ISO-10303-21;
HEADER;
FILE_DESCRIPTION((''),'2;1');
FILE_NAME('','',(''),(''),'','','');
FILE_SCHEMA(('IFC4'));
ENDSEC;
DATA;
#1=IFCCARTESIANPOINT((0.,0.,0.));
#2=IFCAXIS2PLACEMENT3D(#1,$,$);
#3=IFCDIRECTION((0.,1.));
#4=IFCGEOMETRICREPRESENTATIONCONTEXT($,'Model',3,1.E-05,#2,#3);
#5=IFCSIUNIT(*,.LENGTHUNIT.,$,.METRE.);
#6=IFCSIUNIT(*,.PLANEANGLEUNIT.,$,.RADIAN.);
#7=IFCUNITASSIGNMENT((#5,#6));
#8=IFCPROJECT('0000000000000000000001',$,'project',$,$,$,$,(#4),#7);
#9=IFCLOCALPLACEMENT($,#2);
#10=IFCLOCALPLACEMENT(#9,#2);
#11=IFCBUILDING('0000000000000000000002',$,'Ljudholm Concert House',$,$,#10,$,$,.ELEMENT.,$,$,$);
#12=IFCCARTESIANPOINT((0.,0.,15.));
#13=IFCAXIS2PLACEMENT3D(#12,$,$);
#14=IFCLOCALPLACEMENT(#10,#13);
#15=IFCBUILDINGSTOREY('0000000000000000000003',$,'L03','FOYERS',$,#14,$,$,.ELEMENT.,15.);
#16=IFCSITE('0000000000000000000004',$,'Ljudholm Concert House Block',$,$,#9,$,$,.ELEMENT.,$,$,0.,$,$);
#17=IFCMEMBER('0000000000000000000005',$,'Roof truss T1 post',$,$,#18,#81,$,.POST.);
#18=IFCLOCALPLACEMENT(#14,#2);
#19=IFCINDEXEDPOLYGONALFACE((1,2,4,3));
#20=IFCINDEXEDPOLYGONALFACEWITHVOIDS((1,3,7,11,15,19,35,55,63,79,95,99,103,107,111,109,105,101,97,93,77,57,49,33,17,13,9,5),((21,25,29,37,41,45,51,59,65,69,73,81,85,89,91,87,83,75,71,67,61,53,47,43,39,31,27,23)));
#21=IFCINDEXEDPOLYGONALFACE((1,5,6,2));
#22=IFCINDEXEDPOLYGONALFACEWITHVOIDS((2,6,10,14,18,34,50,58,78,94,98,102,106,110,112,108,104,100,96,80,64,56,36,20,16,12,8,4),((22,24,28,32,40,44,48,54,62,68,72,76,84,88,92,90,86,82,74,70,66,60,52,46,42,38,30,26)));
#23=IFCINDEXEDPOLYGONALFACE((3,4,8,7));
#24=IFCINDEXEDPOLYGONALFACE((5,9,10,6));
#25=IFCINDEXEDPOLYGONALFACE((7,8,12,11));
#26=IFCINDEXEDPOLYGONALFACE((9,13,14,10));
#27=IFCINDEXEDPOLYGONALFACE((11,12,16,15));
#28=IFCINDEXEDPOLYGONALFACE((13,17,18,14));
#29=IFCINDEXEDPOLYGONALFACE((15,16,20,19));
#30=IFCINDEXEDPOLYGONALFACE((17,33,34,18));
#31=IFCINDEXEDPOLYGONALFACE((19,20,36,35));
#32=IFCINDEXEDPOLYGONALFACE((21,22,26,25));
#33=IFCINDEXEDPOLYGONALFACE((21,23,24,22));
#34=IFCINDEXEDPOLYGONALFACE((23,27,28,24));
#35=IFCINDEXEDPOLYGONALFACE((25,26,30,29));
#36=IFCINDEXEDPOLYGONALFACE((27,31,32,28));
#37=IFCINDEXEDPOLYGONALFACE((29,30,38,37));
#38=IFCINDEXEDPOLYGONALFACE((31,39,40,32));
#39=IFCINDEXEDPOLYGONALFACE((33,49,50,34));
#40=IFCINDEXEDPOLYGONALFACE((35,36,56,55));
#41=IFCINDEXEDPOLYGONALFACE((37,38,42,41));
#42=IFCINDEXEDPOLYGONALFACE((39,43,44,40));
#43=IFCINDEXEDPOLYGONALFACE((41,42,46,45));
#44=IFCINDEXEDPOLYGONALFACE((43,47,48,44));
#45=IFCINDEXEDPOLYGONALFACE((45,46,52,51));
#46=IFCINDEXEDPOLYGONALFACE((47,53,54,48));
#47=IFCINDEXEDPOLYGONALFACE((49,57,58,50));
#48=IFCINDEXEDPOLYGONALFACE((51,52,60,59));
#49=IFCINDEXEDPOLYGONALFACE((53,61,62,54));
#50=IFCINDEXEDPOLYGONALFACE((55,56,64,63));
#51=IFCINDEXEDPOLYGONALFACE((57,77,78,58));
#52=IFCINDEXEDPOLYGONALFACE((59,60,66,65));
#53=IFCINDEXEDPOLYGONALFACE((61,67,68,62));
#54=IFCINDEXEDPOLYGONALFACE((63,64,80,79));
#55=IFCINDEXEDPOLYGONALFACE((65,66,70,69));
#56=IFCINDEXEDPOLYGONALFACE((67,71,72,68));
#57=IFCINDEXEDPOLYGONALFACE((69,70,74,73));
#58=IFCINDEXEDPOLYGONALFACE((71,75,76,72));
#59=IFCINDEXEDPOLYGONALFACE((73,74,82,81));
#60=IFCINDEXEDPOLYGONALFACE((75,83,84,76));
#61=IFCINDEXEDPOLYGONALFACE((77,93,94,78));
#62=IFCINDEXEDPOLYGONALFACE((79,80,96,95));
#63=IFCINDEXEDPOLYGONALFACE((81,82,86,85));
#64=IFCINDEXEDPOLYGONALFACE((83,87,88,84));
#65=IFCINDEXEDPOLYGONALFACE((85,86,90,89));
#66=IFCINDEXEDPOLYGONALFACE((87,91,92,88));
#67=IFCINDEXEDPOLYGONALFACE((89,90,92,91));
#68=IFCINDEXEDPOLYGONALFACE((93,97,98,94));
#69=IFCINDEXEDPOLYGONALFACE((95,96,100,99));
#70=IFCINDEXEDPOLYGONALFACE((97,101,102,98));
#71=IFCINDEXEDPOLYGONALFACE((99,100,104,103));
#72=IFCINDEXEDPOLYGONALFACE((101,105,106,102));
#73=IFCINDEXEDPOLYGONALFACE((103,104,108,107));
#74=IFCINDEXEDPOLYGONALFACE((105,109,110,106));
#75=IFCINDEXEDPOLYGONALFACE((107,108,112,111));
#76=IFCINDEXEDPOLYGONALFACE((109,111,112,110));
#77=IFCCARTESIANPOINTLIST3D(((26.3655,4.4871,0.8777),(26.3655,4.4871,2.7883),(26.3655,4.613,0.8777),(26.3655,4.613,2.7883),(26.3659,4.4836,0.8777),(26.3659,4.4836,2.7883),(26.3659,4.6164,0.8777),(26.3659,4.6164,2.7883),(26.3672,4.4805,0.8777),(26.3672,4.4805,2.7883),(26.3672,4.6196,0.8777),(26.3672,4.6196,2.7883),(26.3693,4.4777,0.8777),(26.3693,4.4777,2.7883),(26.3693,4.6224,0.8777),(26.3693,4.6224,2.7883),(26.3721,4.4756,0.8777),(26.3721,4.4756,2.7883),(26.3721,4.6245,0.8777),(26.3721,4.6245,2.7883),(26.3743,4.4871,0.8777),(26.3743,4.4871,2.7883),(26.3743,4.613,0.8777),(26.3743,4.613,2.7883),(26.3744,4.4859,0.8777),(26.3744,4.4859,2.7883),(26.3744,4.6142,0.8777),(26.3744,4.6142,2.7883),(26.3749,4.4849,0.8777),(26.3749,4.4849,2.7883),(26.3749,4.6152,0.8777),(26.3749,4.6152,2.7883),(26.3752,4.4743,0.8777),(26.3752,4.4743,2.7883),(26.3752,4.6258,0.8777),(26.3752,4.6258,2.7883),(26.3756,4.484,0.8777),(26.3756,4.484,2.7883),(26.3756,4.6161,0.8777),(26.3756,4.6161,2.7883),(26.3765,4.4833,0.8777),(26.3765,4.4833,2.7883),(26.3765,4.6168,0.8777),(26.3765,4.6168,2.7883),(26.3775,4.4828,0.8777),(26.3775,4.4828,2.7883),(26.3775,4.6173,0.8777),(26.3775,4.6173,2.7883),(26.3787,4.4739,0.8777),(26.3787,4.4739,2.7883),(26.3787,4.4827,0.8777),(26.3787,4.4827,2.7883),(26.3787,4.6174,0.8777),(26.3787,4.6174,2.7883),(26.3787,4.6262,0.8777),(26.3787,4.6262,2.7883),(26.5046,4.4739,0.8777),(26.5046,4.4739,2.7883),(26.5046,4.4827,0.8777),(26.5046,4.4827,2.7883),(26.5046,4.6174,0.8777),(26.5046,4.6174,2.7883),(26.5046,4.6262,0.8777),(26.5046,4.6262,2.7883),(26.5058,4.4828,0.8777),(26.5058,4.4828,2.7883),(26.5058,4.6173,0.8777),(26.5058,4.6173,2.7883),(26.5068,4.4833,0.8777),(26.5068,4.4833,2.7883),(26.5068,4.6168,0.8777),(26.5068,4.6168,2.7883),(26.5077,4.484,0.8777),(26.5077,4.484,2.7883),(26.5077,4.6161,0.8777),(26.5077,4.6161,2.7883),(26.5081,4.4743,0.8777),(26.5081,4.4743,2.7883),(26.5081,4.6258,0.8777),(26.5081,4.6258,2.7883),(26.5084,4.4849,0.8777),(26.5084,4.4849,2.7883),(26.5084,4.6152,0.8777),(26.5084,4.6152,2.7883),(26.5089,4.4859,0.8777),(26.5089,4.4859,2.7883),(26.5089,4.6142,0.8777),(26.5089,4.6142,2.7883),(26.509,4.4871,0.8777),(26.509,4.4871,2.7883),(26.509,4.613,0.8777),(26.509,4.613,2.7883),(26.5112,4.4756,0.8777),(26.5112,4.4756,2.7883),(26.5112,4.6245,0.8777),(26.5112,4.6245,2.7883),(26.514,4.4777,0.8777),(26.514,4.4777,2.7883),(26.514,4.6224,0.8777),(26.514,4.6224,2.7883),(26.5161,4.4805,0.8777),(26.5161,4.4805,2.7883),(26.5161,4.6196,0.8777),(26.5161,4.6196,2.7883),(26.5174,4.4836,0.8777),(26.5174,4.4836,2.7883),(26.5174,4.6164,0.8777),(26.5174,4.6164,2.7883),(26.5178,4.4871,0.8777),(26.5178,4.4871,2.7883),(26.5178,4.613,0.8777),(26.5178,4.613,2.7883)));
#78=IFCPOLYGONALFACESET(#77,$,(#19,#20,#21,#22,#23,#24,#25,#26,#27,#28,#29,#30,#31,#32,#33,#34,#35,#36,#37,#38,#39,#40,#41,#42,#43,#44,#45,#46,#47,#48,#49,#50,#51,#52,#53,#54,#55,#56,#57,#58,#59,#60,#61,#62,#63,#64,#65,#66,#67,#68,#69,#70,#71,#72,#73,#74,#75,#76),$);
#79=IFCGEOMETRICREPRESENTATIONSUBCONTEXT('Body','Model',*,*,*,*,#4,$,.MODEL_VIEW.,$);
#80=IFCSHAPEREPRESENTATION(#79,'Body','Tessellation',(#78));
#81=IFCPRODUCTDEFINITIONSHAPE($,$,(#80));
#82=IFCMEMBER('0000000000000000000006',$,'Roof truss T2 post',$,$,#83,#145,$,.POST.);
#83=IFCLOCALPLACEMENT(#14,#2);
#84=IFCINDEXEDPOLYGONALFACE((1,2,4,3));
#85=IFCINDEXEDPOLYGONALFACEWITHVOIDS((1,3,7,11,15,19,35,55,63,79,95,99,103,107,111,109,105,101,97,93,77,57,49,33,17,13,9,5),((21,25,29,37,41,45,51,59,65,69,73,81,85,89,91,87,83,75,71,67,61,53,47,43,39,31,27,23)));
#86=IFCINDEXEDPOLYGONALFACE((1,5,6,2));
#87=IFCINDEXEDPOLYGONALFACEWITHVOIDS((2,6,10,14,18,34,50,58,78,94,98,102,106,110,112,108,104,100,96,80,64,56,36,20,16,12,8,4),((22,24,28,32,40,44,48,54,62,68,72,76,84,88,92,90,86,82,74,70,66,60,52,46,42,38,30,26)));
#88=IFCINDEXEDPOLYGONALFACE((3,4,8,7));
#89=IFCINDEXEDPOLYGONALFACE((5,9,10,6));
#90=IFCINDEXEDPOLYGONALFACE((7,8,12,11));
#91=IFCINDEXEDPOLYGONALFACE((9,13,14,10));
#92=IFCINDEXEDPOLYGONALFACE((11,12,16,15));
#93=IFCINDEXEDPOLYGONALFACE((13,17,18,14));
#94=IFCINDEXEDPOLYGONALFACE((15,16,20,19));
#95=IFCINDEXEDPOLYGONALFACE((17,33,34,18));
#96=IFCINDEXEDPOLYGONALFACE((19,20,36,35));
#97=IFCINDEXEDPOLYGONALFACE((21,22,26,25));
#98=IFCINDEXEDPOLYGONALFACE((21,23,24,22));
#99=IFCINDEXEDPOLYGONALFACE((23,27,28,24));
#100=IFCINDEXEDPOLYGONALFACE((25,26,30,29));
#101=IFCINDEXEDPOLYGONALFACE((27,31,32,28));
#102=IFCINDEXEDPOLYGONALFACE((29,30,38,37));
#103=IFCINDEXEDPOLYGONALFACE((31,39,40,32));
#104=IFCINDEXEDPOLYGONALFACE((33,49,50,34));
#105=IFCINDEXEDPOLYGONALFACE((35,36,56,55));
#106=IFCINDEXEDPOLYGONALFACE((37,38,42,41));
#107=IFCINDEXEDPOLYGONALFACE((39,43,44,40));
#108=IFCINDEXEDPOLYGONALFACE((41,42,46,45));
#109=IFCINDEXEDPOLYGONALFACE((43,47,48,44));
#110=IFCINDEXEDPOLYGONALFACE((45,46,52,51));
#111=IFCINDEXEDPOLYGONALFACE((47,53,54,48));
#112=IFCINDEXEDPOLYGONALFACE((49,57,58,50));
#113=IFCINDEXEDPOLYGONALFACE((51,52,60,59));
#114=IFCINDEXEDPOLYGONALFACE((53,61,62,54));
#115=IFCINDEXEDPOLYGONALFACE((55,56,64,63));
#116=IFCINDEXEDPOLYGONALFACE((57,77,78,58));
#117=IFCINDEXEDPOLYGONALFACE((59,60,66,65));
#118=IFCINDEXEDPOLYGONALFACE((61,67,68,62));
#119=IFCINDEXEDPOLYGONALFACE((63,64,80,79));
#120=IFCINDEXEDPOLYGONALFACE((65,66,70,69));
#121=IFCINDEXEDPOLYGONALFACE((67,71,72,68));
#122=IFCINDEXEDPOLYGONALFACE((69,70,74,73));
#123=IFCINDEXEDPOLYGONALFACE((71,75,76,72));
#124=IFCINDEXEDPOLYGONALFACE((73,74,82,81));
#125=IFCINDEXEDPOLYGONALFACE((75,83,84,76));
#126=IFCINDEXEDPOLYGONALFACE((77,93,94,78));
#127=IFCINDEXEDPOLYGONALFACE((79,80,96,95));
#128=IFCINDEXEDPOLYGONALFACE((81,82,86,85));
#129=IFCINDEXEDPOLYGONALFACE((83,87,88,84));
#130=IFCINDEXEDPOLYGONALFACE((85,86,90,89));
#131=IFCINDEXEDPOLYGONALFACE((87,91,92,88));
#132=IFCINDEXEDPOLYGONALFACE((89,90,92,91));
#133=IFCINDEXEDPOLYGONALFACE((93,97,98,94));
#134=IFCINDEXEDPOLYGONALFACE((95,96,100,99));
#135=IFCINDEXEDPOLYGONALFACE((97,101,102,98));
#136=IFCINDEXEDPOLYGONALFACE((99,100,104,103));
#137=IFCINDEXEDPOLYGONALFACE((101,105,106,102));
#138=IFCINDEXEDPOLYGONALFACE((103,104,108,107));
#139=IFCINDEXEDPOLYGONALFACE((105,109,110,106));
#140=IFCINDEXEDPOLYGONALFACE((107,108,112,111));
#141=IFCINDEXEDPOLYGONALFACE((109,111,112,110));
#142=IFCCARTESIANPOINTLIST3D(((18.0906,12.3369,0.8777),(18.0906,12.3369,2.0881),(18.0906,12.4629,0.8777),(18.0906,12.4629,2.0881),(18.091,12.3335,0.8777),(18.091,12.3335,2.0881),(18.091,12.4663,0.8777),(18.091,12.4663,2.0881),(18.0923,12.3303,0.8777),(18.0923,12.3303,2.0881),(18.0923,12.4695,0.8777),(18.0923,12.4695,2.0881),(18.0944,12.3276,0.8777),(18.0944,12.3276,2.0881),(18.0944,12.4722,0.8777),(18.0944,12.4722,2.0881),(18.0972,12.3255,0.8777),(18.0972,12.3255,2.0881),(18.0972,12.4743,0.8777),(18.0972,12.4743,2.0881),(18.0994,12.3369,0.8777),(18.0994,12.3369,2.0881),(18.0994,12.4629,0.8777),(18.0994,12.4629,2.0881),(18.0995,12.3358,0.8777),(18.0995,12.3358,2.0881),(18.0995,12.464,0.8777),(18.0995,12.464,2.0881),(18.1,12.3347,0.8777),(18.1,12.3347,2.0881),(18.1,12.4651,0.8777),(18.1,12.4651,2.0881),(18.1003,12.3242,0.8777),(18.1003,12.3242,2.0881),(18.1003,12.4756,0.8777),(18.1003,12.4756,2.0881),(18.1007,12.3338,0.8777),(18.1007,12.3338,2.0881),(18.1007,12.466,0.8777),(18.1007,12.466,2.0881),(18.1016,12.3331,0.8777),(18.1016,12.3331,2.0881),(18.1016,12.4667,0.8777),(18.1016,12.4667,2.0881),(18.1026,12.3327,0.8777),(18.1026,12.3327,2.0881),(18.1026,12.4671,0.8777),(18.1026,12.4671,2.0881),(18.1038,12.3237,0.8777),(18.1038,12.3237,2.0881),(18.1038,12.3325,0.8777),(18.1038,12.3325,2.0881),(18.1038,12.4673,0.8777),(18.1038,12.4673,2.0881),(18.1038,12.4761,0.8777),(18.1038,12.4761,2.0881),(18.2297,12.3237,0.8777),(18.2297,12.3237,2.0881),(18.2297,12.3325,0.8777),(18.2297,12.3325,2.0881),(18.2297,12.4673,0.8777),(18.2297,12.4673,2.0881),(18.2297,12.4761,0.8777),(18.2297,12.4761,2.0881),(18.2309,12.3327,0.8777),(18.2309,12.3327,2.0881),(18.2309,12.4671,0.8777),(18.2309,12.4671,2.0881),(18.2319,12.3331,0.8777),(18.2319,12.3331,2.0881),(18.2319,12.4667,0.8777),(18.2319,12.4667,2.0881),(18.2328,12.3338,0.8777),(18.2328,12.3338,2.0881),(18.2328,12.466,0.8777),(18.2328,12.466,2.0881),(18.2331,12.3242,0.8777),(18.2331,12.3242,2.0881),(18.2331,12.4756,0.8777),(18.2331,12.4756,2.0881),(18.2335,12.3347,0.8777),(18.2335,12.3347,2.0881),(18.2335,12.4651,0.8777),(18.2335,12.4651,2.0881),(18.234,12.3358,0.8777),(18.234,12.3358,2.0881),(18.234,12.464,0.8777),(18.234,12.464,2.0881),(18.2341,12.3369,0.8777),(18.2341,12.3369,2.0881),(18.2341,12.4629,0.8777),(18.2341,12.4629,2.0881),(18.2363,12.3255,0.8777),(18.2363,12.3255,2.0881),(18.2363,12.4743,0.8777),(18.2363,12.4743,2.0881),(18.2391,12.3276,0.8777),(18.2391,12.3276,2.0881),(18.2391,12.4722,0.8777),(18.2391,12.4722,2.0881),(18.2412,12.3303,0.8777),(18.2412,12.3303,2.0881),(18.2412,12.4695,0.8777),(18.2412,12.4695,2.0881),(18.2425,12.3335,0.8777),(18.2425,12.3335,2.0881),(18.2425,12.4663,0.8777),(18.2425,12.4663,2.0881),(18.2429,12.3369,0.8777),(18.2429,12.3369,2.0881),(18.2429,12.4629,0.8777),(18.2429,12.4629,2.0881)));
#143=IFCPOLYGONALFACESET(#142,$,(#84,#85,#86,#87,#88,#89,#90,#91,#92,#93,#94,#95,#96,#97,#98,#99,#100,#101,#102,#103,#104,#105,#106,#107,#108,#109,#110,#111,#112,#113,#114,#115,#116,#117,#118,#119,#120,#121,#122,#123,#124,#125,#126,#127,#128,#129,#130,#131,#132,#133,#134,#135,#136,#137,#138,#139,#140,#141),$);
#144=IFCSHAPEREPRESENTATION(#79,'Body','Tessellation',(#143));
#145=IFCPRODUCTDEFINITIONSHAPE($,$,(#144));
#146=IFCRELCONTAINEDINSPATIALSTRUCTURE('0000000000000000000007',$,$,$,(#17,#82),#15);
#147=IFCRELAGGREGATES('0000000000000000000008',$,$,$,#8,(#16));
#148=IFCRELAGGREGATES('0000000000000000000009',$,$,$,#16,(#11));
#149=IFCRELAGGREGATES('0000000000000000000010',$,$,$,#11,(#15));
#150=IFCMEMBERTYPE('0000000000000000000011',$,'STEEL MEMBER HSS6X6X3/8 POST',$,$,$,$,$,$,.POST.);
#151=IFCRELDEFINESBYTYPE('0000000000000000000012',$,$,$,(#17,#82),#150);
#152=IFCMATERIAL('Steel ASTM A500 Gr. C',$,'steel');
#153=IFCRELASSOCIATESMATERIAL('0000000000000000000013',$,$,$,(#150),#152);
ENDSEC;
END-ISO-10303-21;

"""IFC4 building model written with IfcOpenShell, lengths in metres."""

from ifc_helpers import new_model, si_unit, direction, frame, origin, origin_2d, place, context, subcontext, project, spatial, hollow_rectangle, extrude, material, material_profile, profile_set, type_object, element, save


model = new_model("IFC4")

# Units and contexts
model_context = context("Model", 3, precision=1e-05, world=origin(), true_north=direction((0.0, 1.0)))
body_context = subcontext(model_context, "Body", "Model", "MODEL_VIEW")
ifc_project = project(units=[si_unit("LENGTHUNIT", "METRE"), si_unit("PLANEANGLEUNIT", "RADIAN")], contexts=[model_context])

# Site, building, storey
site_placement = place(None, origin())
site = spatial("IfcSite", under=ifc_project, at=site_placement, Name="Ljudholm Concert House Block", CompositionType="ELEMENT", RefElevation=0.0)
building_placement = place(site_placement, origin())
building = spatial("IfcBuilding", under=site, at=building_placement, Name="Ljudholm Concert House", CompositionType="ELEMENT")
storey_placement = place(building_placement, frame((0.0, 0.0, 15.0)))
storey = spatial("IfcBuildingStorey", under=building, at=storey_placement, Name="L03", Description="FOYERS", CompositionType="ELEMENT", Elevation=15.0)

# Members
ifc_material_1 = material(Name="Steel ASTM A500 Gr. C", Category="steel")
ifc_material_profile_1 = material_profile(ifc_material_1, hollow_rectangle(XDim=0.1523, YDim=0.1523, WallThickness=0.0088, InnerFilletRadius=0.0044, OuterFilletRadius=0.0132, at=origin_2d()), Name="HSS6X6X3/8")
ifc_profile_set_1 = profile_set([ifc_material_profile_1], Name="Steel ASTM A500 Gr. C")
member_type_1 = type_object("IfcMemberType", Name="STEEL MEMBER HSS6X6X3/8 POST", PredefinedType="POST", material=ifc_profile_set_1)
member_1_placement = place(storey_placement, frame((26.4417, 4.55, 0.8777), z_axis=(0.0, 0.0, 1.0), x_axis=(1.0, 0.0, 0.0)))
element("IfcMember", 1, at=member_1_placement, inside=storey, type_object=member_type_1, Name="Roof truss T1 post", PredefinedType="POST", context=body_context, shape_type="SweptSolid", body=[
    extrude(hollow_rectangle(XDim=0.1523, YDim=0.1523, WallThickness=0.0088, InnerFilletRadius=0.0044, OuterFilletRadius=0.0132, at=origin_2d()), origin(), (0.0, 0.0, 1.0), 1.9106),
])
member_2_placement = place(storey_placement, frame((18.1667, 12.3999, 0.8777), z_axis=(0.0, 0.0, 1.0), x_axis=(1.0, 0.0, 0.0)))
element("IfcMember", 2, at=member_2_placement, inside=storey, type_object=member_type_1, Name="Roof truss T2 post", PredefinedType="POST", context=body_context, shape_type="SweptSolid", body=[
    extrude(hollow_rectangle(XDim=0.1523, YDim=0.1523, WallThickness=0.0088, InnerFilletRadius=0.0044, OuterFilletRadius=0.0132, at=origin_2d()), origin(), (0.0, 0.0, 1.0), 1.2104),
])

save(model, "model.ifc")
